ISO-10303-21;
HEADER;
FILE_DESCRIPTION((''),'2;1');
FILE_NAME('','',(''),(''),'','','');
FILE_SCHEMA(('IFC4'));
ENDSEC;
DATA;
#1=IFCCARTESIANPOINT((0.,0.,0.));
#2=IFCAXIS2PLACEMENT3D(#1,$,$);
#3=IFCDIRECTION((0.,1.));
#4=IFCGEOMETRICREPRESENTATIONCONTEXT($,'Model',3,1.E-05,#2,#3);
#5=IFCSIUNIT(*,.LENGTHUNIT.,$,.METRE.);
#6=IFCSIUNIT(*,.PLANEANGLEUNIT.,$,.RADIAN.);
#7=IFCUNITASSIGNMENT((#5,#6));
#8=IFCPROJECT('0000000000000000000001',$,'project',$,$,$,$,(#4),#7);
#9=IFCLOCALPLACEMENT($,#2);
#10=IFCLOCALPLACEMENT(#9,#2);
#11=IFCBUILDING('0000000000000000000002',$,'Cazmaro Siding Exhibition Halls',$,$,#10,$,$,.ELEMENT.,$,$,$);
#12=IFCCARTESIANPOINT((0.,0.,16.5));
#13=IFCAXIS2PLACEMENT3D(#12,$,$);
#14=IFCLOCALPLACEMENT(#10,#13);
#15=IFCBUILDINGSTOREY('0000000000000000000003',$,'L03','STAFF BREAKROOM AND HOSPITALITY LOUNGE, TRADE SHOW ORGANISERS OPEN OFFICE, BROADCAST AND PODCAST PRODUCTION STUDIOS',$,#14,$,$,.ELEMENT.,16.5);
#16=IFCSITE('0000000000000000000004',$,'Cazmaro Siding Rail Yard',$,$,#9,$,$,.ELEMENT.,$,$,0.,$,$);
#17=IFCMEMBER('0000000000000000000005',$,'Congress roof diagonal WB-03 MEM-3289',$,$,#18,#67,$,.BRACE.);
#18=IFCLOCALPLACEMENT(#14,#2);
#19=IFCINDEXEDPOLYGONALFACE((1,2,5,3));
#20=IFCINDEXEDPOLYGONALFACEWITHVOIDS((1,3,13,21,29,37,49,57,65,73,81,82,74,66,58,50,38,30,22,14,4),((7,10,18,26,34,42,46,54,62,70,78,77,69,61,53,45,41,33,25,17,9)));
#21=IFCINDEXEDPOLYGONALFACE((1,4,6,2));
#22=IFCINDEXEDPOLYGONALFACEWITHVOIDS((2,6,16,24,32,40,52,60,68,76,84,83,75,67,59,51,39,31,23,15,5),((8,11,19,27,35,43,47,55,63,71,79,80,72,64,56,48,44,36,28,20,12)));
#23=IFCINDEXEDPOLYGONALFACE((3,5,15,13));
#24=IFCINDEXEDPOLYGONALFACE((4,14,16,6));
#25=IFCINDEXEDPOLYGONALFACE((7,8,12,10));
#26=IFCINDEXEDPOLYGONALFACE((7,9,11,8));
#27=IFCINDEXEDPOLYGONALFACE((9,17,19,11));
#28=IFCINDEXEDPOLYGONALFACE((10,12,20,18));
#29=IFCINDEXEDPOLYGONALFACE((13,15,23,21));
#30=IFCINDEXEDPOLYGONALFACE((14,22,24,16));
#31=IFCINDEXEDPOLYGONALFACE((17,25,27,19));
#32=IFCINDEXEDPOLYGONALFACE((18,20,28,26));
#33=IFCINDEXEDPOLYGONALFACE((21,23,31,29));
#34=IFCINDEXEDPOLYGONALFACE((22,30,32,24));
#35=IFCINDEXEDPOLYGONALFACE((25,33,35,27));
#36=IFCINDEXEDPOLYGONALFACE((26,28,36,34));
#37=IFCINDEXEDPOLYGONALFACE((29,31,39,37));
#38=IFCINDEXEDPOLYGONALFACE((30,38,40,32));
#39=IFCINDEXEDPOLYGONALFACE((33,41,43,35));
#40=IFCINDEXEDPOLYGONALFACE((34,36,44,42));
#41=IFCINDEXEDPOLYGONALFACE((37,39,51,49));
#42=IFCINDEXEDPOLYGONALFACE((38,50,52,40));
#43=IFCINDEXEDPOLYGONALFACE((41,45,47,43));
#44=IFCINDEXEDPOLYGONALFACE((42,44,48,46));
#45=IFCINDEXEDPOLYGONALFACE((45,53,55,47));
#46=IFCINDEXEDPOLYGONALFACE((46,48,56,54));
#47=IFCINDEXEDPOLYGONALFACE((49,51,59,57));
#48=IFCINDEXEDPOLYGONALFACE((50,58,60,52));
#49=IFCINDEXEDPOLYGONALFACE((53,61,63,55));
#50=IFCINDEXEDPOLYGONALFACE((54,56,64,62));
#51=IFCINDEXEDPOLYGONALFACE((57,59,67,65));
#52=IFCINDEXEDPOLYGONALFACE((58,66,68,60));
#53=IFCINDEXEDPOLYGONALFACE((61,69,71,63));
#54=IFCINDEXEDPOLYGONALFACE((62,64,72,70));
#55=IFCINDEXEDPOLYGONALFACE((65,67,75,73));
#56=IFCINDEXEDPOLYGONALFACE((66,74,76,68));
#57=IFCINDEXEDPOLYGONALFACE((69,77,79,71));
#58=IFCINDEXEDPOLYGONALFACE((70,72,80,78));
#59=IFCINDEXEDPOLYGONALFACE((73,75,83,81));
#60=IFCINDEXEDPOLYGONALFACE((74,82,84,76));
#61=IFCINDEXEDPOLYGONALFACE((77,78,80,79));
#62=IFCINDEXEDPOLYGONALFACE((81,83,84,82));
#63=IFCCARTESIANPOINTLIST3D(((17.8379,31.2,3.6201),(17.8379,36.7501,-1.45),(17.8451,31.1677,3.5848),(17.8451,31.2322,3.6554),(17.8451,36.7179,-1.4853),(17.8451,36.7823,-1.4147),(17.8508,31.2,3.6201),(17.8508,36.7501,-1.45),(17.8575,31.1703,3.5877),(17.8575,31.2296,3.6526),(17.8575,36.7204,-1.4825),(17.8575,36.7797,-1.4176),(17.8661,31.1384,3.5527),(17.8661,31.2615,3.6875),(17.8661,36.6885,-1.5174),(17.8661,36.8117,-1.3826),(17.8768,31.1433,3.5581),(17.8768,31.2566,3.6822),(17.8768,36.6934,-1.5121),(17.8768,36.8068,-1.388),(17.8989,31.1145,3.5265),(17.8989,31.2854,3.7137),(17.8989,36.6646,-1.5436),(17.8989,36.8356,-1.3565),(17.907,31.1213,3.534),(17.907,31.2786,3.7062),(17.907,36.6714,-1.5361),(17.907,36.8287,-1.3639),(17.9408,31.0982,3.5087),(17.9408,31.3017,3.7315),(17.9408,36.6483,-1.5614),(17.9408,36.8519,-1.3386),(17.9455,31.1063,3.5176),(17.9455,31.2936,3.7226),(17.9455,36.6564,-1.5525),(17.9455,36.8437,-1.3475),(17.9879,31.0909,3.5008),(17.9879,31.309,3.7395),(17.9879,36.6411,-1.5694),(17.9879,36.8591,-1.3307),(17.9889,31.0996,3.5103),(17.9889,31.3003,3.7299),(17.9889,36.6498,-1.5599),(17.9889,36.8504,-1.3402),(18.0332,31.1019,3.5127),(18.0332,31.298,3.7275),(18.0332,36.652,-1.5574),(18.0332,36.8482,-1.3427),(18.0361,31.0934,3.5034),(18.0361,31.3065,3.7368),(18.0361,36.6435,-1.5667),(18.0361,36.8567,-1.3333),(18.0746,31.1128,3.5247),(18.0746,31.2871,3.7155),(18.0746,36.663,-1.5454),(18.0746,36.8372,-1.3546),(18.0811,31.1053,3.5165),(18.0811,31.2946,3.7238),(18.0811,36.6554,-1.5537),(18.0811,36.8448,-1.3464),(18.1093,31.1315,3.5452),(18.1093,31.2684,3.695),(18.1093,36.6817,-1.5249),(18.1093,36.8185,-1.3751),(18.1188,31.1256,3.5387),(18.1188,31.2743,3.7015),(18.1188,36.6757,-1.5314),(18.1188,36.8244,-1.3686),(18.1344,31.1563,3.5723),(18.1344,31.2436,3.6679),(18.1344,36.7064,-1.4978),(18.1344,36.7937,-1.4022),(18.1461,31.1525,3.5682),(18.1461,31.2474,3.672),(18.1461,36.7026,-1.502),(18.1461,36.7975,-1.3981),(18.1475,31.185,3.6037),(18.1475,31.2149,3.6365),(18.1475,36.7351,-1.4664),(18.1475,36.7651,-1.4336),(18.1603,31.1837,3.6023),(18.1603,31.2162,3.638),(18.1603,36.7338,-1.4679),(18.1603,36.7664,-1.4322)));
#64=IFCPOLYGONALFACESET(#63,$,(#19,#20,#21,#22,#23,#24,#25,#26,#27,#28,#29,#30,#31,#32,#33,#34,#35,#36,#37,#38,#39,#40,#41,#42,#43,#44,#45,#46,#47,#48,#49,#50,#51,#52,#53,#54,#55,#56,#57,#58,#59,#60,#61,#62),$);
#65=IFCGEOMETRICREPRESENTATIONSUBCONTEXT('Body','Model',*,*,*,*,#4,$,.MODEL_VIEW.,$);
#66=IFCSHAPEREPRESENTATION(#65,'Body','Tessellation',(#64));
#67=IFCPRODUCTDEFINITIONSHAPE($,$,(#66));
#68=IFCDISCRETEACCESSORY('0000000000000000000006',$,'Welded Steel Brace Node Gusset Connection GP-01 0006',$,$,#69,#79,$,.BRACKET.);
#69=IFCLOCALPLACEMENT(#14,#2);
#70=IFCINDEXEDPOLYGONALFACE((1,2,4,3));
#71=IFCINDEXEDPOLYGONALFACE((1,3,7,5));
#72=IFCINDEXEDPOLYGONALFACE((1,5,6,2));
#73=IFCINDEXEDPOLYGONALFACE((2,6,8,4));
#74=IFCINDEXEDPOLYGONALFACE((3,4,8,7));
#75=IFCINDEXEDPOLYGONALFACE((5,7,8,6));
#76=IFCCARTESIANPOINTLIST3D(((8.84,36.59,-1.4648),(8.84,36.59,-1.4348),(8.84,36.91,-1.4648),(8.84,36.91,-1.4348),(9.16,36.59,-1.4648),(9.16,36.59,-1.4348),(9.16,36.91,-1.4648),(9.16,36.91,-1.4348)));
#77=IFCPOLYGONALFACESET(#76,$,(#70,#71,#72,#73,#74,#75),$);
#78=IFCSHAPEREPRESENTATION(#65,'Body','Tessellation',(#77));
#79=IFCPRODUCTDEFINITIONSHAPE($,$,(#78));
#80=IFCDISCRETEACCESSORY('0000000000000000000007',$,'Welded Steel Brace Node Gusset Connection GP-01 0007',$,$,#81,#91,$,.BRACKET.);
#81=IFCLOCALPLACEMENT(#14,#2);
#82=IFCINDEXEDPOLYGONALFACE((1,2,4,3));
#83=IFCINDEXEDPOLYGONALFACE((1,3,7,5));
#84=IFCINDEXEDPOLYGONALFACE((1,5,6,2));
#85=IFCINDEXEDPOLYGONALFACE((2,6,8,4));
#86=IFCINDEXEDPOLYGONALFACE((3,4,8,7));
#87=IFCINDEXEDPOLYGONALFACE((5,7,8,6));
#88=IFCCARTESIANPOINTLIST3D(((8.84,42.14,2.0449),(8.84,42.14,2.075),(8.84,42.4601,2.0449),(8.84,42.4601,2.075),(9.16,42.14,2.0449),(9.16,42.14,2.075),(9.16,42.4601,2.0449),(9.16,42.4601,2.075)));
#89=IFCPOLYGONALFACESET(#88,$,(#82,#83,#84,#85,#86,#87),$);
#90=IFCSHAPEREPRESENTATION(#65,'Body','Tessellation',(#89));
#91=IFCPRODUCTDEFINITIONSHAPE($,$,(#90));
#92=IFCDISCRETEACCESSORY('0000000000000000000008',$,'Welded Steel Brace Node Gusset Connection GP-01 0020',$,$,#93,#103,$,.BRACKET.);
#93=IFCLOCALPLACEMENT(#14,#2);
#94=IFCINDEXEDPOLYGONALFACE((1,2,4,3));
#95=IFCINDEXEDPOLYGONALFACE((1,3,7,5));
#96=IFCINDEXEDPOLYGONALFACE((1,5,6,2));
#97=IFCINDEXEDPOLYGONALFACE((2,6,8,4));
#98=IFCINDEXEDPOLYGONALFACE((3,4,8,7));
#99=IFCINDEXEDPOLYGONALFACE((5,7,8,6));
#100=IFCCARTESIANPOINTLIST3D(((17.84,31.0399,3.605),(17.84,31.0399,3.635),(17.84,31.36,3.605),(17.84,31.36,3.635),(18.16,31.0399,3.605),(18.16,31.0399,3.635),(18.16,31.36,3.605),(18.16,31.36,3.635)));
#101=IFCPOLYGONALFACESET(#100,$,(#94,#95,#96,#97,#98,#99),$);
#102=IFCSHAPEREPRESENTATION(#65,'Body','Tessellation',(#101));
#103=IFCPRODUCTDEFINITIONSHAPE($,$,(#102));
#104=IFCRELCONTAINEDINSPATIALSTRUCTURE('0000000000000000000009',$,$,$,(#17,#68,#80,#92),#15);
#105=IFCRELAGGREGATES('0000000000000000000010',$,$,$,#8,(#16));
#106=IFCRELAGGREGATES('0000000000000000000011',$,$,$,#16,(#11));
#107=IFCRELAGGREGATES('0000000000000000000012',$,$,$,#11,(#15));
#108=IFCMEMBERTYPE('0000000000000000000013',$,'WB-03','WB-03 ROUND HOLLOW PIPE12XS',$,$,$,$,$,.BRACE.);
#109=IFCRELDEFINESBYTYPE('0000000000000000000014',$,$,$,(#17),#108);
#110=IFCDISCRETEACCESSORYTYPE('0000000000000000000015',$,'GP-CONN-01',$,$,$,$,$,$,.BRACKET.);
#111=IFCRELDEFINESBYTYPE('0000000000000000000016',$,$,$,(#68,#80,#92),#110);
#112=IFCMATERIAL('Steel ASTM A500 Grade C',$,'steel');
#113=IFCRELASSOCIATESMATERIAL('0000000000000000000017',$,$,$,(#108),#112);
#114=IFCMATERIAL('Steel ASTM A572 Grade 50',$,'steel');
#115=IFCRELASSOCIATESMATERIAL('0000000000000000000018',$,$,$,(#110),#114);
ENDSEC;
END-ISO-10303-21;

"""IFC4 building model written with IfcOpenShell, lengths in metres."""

from ifc_helpers import new_model, si_unit, direction, frame, origin, origin_2d, place, context, subcontext, project, spatial, rectangle, hollow_circle, extrude, material, material_profile, profile_set, type_object, element, save


model = new_model("IFC4")

# Units and contexts
model_context = context("Model", 3, precision=1e-05, world=origin(), true_north=direction((0.0, 1.0)))
body_context = subcontext(model_context, "Body", "Model", "MODEL_VIEW")
ifc_project = project(units=[si_unit("LENGTHUNIT", "METRE"), si_unit("PLANEANGLEUNIT", "RADIAN")], contexts=[model_context])

# Site, building, storey
site_placement = place(None, origin())
site = spatial("IfcSite", under=ifc_project, at=site_placement, Name="Cazmaro Siding Rail Yard", CompositionType="ELEMENT", RefElevation=0.0)
building_placement = place(site_placement, origin())
building = spatial("IfcBuilding", under=site, at=building_placement, Name="Cazmaro Siding Exhibition Halls", CompositionType="ELEMENT")
storey_placement = place(building_placement, frame((0.0, 0.0, 16.5)))
storey = spatial("IfcBuildingStorey", under=building, at=storey_placement, Name="L03", Description="STAFF BREAKROOM AND HOSPITALITY LOUNGE, TRADE SHOW ORGANISERS OPEN OFFICE, BROADCAST AND PODCAST PRODUCTION STUDIOS", CompositionType="ELEMENT", Elevation=16.5)

# Member
ifc_material_1 = material(Name="Steel ASTM A500 Grade C", Category="steel")
ifc_material_profile_1 = material_profile(ifc_material_1, hollow_circle(Radius=0.1621, WallThickness=0.0129, at=origin_2d()), Name="PIPE12XS")
ifc_profile_set_1 = profile_set([ifc_material_profile_1], Name="Steel ASTM A500 Grade C")
member_type_1 = type_object("IfcMemberType", Name="WB-03", Description="WB-03 ROUND HOLLOW PIPE12XS", PredefinedType="BRACE", material=ifc_profile_set_1)
member_1_placement = place(storey_placement, frame((18.0, 31.2, 3.6201), z_axis=(0.0, 0.738311, -0.67446), x_axis=(-1.0, 0.0, 0.0)))
element("IfcMember", 1, at=member_1_placement, inside=storey, type_object=member_type_1, Name="Congress roof diagonal WB-03 MEM-3289", PredefinedType="BRACE", context=body_context, shape_type="SweptSolid", body=[
    extrude(hollow_circle(Radius=0.1621, WallThickness=0.0129, at=origin_2d()), origin(), (0.0, 0.0, 1.0), 7.5173),
])

# Discrete accessories
ifc_material_2 = material(Name="Steel ASTM A572 Grade 50", Category="steel")
discrete_accessory_type = type_object("IfcDiscreteAccessoryType", Name="GP-CONN-01", PredefinedType="BRACKET", material=ifc_material_2)
for number, where, z_axis, x_axis, name in (
    (2, (9.0, 36.75, -1.4648), (0.0, 0.0, 1.0), (1.0, 0.0, 0.0), "Welded Steel Brace Node Gusset Connection GP-01 0006"),
    (3, (9.0, 42.3, 2.0449), (0.0, 0.0, 1.0), (1.0, 0.0, 0.0), "Welded Steel Brace Node Gusset Connection GP-01 0007"),
    (4, (18.0, 31.2, 3.605), (0.0, 0.0, 1.0), (1.0, 0.0, 0.0), "Welded Steel Brace Node Gusset Connection GP-01 0020"),
):
    element("IfcDiscreteAccessory", number, at=place(storey_placement, frame(where, z_axis=z_axis, x_axis=x_axis)), inside=storey, type_object=discrete_accessory_type, Name=name, PredefinedType="BRACKET", context=body_context, shape_type="SweptSolid", body=[
        extrude(rectangle(XDim=0.3201, YDim=0.3201, at=origin_2d()), origin(), (0.0, 0.0, 1.0), 0.03),
    ])

save(model, "model.ifc")
